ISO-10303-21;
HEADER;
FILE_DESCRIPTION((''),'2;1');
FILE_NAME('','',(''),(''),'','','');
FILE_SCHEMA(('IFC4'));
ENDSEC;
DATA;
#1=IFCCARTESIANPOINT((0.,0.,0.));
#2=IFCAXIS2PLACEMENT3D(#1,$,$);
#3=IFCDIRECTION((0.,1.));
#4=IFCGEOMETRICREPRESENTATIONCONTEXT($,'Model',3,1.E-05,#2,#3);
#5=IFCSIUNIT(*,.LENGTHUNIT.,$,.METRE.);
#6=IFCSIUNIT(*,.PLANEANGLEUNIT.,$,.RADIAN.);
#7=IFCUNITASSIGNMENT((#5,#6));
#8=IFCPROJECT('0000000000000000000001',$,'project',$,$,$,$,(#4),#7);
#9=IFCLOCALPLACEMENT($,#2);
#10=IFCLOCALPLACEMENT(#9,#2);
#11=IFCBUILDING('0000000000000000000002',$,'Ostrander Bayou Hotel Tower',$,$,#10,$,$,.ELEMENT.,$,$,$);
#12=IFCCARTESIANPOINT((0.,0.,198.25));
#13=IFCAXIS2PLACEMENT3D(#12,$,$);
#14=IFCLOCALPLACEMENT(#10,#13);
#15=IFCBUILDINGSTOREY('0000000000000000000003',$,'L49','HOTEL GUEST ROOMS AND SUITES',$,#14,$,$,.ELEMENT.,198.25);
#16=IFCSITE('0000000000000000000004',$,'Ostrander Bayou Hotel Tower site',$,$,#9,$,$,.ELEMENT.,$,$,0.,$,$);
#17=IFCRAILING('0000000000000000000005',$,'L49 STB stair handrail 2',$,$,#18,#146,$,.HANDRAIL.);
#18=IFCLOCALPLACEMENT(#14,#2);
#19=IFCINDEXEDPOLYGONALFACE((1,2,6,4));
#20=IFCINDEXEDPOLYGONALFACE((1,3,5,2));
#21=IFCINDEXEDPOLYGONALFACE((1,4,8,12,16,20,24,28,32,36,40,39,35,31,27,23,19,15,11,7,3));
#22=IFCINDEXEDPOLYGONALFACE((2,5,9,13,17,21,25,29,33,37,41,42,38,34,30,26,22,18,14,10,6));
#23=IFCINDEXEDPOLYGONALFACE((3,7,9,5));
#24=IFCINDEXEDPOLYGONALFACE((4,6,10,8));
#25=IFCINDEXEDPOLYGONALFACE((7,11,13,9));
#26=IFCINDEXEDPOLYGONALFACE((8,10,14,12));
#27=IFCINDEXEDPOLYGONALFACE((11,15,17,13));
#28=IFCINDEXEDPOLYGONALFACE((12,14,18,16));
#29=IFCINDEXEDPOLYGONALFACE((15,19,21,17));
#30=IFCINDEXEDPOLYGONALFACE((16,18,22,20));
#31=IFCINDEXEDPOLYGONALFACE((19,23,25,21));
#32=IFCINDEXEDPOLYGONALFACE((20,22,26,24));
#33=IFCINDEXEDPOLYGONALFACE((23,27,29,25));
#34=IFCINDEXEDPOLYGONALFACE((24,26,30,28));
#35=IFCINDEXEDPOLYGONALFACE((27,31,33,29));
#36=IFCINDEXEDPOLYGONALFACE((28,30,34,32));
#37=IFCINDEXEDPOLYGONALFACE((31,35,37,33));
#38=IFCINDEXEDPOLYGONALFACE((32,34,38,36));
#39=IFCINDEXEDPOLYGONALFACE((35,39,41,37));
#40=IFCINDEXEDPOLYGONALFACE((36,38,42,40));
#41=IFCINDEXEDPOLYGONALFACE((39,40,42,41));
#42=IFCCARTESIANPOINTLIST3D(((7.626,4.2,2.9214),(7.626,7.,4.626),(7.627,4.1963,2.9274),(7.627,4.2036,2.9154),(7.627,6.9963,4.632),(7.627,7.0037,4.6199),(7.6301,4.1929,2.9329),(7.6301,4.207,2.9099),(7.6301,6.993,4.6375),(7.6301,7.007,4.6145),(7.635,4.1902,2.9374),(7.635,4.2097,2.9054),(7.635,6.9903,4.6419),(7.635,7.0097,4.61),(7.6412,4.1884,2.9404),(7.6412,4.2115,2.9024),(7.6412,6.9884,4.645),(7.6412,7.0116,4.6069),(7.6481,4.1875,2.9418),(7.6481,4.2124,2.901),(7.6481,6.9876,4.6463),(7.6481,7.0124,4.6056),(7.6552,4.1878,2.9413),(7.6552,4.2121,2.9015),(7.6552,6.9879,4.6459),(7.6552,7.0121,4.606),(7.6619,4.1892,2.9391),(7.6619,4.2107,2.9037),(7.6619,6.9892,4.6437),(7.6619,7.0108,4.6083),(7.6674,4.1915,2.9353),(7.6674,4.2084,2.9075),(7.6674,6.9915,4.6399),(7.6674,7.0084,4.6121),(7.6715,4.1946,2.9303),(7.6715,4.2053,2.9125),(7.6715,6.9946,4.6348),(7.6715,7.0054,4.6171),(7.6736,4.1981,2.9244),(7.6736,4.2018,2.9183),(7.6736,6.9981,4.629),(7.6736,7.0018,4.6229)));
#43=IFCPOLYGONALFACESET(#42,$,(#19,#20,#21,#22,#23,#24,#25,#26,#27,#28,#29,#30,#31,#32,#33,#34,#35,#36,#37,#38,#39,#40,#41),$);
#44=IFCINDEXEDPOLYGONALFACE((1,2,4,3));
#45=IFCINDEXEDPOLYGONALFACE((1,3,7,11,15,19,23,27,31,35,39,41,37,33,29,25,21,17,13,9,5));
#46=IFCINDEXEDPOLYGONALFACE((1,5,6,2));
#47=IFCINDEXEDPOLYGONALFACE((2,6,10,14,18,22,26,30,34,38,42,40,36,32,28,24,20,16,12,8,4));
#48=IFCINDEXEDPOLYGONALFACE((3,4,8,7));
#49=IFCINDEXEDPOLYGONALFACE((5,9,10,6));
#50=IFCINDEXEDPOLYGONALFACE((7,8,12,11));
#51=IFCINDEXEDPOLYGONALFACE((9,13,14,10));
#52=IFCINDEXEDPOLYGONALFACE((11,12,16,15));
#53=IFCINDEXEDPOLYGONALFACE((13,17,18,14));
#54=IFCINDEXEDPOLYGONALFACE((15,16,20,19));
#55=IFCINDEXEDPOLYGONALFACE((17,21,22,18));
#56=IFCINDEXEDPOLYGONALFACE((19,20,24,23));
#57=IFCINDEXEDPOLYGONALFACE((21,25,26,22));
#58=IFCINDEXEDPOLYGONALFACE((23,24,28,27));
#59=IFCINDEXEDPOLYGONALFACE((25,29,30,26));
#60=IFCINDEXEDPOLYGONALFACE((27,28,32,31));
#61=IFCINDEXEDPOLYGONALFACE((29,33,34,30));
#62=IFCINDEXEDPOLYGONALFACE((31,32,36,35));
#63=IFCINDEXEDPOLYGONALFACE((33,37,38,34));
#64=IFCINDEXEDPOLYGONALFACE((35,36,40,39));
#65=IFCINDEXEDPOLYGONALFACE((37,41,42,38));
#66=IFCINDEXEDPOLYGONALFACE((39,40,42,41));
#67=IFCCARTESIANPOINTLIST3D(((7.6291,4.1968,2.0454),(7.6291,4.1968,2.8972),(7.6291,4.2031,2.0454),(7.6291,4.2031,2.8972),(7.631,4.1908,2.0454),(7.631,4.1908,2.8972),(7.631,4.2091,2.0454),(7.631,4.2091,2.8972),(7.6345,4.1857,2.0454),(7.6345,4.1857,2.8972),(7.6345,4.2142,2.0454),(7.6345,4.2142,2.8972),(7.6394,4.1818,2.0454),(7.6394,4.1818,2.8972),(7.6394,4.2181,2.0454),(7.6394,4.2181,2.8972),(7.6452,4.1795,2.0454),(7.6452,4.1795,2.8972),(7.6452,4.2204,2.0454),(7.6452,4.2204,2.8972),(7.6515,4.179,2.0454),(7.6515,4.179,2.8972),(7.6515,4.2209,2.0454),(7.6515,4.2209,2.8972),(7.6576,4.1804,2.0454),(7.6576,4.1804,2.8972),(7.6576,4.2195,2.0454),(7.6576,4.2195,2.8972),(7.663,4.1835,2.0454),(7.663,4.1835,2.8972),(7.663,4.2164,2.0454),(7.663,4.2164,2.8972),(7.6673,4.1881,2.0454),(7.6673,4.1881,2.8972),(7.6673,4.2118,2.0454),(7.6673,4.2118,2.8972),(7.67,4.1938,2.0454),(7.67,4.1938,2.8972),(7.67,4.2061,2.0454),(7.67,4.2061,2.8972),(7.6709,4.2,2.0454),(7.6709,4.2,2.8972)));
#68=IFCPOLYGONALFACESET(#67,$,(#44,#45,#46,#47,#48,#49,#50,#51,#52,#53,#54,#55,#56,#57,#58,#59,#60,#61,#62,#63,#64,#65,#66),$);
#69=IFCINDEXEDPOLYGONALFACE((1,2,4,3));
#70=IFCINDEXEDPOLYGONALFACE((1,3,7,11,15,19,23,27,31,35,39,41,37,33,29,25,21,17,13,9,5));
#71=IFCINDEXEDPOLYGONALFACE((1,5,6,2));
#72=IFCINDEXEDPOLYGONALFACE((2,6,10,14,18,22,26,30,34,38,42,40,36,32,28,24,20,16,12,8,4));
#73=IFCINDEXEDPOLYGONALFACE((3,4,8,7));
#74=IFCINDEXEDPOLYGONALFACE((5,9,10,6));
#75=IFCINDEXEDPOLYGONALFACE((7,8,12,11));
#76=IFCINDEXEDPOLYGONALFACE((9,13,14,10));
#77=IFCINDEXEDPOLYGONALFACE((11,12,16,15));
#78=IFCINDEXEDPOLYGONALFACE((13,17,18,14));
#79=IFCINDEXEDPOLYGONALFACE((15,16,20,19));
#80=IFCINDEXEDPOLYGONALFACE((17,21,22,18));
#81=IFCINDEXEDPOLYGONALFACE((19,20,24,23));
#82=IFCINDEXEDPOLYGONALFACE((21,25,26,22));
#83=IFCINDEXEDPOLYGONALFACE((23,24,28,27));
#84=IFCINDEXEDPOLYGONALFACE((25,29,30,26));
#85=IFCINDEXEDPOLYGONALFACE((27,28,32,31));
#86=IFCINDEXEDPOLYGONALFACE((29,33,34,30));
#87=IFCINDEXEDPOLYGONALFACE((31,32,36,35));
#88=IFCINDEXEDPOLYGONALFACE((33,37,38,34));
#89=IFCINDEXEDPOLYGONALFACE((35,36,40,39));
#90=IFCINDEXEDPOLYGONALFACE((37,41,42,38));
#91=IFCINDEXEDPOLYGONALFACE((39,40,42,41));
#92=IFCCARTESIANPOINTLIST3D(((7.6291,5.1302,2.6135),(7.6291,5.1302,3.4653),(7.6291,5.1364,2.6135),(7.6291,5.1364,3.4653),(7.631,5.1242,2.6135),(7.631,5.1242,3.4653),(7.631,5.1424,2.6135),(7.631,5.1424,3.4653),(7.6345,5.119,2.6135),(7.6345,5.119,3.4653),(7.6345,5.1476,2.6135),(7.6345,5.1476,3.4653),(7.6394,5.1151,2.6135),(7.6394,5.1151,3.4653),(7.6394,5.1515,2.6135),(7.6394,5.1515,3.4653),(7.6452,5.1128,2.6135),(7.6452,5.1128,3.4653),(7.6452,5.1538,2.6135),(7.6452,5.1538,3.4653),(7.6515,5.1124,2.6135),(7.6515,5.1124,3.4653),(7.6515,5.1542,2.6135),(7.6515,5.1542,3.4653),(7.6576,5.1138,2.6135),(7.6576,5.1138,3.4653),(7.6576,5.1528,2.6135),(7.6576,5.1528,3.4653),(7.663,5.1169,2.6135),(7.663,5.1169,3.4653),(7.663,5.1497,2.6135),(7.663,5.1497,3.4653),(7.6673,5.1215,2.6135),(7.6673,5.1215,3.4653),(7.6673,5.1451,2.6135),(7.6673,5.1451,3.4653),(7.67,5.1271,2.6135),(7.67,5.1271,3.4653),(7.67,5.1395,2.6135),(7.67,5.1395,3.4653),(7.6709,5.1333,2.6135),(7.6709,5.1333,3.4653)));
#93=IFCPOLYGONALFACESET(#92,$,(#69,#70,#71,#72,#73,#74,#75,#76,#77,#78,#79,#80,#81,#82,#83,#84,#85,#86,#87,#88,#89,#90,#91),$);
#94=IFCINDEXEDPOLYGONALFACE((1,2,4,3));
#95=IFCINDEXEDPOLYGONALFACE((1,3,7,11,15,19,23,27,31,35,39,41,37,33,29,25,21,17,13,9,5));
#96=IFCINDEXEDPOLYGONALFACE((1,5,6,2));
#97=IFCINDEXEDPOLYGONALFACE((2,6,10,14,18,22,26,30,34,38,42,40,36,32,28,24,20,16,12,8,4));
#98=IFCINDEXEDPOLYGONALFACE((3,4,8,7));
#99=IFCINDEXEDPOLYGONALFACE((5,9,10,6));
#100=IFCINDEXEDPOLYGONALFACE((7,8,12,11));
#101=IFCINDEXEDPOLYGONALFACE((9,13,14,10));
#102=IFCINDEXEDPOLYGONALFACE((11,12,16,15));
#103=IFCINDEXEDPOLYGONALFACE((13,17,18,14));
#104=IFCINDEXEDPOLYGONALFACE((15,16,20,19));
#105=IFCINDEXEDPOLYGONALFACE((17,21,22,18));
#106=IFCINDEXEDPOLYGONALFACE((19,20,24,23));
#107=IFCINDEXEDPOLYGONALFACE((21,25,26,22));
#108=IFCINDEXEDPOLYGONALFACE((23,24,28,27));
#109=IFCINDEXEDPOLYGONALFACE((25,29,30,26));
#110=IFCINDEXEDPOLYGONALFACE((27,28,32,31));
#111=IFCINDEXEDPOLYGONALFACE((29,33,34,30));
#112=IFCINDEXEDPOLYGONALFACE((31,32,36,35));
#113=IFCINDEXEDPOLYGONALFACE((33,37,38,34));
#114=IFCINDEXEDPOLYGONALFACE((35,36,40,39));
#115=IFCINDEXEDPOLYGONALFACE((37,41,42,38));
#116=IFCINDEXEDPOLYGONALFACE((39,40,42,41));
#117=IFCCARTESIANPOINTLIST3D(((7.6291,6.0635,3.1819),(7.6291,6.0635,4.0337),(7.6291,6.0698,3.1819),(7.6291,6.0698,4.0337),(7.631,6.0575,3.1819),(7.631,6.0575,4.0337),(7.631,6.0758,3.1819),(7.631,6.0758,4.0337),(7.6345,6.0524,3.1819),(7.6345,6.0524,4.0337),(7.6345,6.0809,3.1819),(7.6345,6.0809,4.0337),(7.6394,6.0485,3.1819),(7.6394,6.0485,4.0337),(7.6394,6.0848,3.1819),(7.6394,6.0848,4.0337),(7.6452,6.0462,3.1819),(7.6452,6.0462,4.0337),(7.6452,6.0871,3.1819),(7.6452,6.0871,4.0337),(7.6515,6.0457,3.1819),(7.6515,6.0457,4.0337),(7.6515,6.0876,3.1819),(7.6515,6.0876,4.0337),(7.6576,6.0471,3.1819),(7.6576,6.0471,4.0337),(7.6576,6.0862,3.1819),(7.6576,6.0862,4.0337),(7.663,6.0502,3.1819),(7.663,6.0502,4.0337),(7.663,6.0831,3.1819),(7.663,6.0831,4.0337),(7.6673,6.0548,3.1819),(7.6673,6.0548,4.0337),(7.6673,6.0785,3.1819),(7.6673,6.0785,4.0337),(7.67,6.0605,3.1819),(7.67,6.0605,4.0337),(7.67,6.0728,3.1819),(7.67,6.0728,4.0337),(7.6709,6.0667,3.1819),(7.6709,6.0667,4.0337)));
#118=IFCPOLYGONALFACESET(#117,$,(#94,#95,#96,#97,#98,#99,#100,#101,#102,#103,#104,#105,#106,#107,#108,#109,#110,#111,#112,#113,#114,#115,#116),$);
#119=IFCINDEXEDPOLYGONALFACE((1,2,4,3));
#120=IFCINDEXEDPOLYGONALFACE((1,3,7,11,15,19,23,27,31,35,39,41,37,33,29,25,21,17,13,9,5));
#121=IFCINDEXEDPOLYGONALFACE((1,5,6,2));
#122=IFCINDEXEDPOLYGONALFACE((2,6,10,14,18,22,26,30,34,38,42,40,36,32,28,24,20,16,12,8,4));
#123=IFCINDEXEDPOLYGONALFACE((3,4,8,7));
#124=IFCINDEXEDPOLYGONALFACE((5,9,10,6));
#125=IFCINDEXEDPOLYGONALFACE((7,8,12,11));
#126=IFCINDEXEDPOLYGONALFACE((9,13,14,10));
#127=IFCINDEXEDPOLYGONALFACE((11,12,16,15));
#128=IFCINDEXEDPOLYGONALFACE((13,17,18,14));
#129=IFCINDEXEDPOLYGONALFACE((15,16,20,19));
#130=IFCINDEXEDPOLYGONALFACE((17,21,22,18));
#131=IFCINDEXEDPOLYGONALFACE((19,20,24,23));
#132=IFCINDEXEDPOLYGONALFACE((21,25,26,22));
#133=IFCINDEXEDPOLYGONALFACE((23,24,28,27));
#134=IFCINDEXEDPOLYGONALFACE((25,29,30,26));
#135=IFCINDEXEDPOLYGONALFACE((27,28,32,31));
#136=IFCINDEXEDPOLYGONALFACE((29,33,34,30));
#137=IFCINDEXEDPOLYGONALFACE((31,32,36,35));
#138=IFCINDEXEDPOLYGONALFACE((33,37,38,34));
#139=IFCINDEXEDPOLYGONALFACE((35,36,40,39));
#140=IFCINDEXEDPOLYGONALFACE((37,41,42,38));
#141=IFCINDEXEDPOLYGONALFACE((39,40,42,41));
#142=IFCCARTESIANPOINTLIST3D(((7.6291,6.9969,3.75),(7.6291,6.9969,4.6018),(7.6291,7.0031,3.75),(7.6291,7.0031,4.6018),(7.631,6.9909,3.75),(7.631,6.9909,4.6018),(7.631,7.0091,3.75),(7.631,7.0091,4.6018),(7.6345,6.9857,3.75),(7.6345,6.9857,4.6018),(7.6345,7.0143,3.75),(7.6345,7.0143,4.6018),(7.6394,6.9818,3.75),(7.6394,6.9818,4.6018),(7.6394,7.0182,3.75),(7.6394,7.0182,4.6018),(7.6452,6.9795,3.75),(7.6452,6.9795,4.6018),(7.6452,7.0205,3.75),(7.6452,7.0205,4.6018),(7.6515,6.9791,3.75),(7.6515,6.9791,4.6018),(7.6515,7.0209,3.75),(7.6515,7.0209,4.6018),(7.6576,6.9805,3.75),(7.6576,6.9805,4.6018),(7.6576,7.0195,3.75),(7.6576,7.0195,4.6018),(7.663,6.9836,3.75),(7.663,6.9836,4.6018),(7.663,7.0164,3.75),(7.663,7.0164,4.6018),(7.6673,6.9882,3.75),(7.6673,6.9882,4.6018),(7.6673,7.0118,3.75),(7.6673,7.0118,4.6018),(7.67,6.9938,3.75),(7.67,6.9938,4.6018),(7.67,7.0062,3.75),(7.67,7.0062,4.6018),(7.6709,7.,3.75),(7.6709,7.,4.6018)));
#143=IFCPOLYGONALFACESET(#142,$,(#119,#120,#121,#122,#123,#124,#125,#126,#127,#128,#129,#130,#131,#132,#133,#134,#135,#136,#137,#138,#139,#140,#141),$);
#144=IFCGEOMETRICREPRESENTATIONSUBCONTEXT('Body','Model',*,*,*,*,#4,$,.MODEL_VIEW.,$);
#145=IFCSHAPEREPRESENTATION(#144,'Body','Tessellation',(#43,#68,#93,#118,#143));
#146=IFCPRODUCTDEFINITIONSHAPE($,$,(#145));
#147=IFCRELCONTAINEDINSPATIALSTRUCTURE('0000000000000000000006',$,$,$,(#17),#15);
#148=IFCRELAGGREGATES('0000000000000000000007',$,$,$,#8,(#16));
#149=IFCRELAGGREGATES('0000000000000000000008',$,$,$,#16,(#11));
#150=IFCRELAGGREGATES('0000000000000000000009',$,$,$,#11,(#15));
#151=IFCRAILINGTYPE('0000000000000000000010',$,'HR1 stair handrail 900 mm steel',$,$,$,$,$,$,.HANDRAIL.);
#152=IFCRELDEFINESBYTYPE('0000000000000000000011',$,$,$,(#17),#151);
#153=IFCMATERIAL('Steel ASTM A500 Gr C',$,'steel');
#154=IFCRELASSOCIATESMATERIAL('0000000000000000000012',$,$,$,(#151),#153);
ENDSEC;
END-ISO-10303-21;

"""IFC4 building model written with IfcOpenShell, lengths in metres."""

from ifc_helpers import new_model, si_unit, direction, frame, origin, origin_2d, place, context, subcontext, project, spatial, circle, extrude, material, type_object, element, save


model = new_model("IFC4")

# Units and contexts
model_context = context("Model", 3, precision=1e-05, world=origin(), true_north=direction((0.0, 1.0)))
body_context = subcontext(model_context, "Body", "Model", "MODEL_VIEW")
ifc_project = project(units=[si_unit("LENGTHUNIT", "METRE"), si_unit("PLANEANGLEUNIT", "RADIAN")], contexts=[model_context])

# Site, building, storey
site_placement = place(None, origin())
site = spatial("IfcSite", under=ifc_project, at=site_placement, Name="Ostrander Bayou Hotel Tower site", CompositionType="ELEMENT", RefElevation=0.0)
building_placement = place(site_placement, origin())
building = spatial("IfcBuilding", under=site, at=building_placement, Name="Ostrander Bayou Hotel Tower", CompositionType="ELEMENT")
storey_placement = place(building_placement, frame((0.0, 0.0, 198.25)))
storey = spatial("IfcBuildingStorey", under=building, at=storey_placement, Name="L49", Description="HOTEL GUEST ROOMS AND SUITES", CompositionType="ELEMENT", Elevation=198.25)

# Railing
ifc_material_1 = material(Name="Steel ASTM A500 Gr C", Category="steel")
railing_type_1 = type_object("IfcRailingType", Name="HR1 stair handrail 900 mm steel", PredefinedType="HANDRAIL", material=ifc_material_1)
railing_1_placement = place(storey_placement, frame((7.6499, 4.2, 2.0454)))
element("IfcRailing", 1, at=railing_1_placement, inside=storey, type_object=railing_type_1, Name="L49 STB stair handrail 2", PredefinedType="HANDRAIL", context=body_context, shape_type="SweptSolid", body=[
    extrude(circle(Radius=0.0239, at=origin_2d()), frame((0.0, 0.0, 0.876), z_axis=(0.0, 0.85417, 0.519994), x_axis=(-1.0, 0.0, 0.0)), (0.0, 0.0, 1.0), 3.2781),
    extrude(circle(Radius=0.021, at=origin_2d()), origin(), (0.0, 0.0, 1.0), 0.8518),
    extrude(circle(Radius=0.021, at=origin_2d()), frame((0.0, 0.9333, 0.5681)), (0.0, 0.0, 1.0), 0.8518),
    extrude(circle(Radius=0.021, at=origin_2d()), frame((0.0, 1.8667, 1.1365)), (0.0, 0.0, 1.0), 0.8518),
    extrude(circle(Radius=0.021, at=origin_2d()), frame((0.0, 2.8, 1.7046)), (0.0, 0.0, 1.0), 0.8518),
])

save(model, "model.ifc")
